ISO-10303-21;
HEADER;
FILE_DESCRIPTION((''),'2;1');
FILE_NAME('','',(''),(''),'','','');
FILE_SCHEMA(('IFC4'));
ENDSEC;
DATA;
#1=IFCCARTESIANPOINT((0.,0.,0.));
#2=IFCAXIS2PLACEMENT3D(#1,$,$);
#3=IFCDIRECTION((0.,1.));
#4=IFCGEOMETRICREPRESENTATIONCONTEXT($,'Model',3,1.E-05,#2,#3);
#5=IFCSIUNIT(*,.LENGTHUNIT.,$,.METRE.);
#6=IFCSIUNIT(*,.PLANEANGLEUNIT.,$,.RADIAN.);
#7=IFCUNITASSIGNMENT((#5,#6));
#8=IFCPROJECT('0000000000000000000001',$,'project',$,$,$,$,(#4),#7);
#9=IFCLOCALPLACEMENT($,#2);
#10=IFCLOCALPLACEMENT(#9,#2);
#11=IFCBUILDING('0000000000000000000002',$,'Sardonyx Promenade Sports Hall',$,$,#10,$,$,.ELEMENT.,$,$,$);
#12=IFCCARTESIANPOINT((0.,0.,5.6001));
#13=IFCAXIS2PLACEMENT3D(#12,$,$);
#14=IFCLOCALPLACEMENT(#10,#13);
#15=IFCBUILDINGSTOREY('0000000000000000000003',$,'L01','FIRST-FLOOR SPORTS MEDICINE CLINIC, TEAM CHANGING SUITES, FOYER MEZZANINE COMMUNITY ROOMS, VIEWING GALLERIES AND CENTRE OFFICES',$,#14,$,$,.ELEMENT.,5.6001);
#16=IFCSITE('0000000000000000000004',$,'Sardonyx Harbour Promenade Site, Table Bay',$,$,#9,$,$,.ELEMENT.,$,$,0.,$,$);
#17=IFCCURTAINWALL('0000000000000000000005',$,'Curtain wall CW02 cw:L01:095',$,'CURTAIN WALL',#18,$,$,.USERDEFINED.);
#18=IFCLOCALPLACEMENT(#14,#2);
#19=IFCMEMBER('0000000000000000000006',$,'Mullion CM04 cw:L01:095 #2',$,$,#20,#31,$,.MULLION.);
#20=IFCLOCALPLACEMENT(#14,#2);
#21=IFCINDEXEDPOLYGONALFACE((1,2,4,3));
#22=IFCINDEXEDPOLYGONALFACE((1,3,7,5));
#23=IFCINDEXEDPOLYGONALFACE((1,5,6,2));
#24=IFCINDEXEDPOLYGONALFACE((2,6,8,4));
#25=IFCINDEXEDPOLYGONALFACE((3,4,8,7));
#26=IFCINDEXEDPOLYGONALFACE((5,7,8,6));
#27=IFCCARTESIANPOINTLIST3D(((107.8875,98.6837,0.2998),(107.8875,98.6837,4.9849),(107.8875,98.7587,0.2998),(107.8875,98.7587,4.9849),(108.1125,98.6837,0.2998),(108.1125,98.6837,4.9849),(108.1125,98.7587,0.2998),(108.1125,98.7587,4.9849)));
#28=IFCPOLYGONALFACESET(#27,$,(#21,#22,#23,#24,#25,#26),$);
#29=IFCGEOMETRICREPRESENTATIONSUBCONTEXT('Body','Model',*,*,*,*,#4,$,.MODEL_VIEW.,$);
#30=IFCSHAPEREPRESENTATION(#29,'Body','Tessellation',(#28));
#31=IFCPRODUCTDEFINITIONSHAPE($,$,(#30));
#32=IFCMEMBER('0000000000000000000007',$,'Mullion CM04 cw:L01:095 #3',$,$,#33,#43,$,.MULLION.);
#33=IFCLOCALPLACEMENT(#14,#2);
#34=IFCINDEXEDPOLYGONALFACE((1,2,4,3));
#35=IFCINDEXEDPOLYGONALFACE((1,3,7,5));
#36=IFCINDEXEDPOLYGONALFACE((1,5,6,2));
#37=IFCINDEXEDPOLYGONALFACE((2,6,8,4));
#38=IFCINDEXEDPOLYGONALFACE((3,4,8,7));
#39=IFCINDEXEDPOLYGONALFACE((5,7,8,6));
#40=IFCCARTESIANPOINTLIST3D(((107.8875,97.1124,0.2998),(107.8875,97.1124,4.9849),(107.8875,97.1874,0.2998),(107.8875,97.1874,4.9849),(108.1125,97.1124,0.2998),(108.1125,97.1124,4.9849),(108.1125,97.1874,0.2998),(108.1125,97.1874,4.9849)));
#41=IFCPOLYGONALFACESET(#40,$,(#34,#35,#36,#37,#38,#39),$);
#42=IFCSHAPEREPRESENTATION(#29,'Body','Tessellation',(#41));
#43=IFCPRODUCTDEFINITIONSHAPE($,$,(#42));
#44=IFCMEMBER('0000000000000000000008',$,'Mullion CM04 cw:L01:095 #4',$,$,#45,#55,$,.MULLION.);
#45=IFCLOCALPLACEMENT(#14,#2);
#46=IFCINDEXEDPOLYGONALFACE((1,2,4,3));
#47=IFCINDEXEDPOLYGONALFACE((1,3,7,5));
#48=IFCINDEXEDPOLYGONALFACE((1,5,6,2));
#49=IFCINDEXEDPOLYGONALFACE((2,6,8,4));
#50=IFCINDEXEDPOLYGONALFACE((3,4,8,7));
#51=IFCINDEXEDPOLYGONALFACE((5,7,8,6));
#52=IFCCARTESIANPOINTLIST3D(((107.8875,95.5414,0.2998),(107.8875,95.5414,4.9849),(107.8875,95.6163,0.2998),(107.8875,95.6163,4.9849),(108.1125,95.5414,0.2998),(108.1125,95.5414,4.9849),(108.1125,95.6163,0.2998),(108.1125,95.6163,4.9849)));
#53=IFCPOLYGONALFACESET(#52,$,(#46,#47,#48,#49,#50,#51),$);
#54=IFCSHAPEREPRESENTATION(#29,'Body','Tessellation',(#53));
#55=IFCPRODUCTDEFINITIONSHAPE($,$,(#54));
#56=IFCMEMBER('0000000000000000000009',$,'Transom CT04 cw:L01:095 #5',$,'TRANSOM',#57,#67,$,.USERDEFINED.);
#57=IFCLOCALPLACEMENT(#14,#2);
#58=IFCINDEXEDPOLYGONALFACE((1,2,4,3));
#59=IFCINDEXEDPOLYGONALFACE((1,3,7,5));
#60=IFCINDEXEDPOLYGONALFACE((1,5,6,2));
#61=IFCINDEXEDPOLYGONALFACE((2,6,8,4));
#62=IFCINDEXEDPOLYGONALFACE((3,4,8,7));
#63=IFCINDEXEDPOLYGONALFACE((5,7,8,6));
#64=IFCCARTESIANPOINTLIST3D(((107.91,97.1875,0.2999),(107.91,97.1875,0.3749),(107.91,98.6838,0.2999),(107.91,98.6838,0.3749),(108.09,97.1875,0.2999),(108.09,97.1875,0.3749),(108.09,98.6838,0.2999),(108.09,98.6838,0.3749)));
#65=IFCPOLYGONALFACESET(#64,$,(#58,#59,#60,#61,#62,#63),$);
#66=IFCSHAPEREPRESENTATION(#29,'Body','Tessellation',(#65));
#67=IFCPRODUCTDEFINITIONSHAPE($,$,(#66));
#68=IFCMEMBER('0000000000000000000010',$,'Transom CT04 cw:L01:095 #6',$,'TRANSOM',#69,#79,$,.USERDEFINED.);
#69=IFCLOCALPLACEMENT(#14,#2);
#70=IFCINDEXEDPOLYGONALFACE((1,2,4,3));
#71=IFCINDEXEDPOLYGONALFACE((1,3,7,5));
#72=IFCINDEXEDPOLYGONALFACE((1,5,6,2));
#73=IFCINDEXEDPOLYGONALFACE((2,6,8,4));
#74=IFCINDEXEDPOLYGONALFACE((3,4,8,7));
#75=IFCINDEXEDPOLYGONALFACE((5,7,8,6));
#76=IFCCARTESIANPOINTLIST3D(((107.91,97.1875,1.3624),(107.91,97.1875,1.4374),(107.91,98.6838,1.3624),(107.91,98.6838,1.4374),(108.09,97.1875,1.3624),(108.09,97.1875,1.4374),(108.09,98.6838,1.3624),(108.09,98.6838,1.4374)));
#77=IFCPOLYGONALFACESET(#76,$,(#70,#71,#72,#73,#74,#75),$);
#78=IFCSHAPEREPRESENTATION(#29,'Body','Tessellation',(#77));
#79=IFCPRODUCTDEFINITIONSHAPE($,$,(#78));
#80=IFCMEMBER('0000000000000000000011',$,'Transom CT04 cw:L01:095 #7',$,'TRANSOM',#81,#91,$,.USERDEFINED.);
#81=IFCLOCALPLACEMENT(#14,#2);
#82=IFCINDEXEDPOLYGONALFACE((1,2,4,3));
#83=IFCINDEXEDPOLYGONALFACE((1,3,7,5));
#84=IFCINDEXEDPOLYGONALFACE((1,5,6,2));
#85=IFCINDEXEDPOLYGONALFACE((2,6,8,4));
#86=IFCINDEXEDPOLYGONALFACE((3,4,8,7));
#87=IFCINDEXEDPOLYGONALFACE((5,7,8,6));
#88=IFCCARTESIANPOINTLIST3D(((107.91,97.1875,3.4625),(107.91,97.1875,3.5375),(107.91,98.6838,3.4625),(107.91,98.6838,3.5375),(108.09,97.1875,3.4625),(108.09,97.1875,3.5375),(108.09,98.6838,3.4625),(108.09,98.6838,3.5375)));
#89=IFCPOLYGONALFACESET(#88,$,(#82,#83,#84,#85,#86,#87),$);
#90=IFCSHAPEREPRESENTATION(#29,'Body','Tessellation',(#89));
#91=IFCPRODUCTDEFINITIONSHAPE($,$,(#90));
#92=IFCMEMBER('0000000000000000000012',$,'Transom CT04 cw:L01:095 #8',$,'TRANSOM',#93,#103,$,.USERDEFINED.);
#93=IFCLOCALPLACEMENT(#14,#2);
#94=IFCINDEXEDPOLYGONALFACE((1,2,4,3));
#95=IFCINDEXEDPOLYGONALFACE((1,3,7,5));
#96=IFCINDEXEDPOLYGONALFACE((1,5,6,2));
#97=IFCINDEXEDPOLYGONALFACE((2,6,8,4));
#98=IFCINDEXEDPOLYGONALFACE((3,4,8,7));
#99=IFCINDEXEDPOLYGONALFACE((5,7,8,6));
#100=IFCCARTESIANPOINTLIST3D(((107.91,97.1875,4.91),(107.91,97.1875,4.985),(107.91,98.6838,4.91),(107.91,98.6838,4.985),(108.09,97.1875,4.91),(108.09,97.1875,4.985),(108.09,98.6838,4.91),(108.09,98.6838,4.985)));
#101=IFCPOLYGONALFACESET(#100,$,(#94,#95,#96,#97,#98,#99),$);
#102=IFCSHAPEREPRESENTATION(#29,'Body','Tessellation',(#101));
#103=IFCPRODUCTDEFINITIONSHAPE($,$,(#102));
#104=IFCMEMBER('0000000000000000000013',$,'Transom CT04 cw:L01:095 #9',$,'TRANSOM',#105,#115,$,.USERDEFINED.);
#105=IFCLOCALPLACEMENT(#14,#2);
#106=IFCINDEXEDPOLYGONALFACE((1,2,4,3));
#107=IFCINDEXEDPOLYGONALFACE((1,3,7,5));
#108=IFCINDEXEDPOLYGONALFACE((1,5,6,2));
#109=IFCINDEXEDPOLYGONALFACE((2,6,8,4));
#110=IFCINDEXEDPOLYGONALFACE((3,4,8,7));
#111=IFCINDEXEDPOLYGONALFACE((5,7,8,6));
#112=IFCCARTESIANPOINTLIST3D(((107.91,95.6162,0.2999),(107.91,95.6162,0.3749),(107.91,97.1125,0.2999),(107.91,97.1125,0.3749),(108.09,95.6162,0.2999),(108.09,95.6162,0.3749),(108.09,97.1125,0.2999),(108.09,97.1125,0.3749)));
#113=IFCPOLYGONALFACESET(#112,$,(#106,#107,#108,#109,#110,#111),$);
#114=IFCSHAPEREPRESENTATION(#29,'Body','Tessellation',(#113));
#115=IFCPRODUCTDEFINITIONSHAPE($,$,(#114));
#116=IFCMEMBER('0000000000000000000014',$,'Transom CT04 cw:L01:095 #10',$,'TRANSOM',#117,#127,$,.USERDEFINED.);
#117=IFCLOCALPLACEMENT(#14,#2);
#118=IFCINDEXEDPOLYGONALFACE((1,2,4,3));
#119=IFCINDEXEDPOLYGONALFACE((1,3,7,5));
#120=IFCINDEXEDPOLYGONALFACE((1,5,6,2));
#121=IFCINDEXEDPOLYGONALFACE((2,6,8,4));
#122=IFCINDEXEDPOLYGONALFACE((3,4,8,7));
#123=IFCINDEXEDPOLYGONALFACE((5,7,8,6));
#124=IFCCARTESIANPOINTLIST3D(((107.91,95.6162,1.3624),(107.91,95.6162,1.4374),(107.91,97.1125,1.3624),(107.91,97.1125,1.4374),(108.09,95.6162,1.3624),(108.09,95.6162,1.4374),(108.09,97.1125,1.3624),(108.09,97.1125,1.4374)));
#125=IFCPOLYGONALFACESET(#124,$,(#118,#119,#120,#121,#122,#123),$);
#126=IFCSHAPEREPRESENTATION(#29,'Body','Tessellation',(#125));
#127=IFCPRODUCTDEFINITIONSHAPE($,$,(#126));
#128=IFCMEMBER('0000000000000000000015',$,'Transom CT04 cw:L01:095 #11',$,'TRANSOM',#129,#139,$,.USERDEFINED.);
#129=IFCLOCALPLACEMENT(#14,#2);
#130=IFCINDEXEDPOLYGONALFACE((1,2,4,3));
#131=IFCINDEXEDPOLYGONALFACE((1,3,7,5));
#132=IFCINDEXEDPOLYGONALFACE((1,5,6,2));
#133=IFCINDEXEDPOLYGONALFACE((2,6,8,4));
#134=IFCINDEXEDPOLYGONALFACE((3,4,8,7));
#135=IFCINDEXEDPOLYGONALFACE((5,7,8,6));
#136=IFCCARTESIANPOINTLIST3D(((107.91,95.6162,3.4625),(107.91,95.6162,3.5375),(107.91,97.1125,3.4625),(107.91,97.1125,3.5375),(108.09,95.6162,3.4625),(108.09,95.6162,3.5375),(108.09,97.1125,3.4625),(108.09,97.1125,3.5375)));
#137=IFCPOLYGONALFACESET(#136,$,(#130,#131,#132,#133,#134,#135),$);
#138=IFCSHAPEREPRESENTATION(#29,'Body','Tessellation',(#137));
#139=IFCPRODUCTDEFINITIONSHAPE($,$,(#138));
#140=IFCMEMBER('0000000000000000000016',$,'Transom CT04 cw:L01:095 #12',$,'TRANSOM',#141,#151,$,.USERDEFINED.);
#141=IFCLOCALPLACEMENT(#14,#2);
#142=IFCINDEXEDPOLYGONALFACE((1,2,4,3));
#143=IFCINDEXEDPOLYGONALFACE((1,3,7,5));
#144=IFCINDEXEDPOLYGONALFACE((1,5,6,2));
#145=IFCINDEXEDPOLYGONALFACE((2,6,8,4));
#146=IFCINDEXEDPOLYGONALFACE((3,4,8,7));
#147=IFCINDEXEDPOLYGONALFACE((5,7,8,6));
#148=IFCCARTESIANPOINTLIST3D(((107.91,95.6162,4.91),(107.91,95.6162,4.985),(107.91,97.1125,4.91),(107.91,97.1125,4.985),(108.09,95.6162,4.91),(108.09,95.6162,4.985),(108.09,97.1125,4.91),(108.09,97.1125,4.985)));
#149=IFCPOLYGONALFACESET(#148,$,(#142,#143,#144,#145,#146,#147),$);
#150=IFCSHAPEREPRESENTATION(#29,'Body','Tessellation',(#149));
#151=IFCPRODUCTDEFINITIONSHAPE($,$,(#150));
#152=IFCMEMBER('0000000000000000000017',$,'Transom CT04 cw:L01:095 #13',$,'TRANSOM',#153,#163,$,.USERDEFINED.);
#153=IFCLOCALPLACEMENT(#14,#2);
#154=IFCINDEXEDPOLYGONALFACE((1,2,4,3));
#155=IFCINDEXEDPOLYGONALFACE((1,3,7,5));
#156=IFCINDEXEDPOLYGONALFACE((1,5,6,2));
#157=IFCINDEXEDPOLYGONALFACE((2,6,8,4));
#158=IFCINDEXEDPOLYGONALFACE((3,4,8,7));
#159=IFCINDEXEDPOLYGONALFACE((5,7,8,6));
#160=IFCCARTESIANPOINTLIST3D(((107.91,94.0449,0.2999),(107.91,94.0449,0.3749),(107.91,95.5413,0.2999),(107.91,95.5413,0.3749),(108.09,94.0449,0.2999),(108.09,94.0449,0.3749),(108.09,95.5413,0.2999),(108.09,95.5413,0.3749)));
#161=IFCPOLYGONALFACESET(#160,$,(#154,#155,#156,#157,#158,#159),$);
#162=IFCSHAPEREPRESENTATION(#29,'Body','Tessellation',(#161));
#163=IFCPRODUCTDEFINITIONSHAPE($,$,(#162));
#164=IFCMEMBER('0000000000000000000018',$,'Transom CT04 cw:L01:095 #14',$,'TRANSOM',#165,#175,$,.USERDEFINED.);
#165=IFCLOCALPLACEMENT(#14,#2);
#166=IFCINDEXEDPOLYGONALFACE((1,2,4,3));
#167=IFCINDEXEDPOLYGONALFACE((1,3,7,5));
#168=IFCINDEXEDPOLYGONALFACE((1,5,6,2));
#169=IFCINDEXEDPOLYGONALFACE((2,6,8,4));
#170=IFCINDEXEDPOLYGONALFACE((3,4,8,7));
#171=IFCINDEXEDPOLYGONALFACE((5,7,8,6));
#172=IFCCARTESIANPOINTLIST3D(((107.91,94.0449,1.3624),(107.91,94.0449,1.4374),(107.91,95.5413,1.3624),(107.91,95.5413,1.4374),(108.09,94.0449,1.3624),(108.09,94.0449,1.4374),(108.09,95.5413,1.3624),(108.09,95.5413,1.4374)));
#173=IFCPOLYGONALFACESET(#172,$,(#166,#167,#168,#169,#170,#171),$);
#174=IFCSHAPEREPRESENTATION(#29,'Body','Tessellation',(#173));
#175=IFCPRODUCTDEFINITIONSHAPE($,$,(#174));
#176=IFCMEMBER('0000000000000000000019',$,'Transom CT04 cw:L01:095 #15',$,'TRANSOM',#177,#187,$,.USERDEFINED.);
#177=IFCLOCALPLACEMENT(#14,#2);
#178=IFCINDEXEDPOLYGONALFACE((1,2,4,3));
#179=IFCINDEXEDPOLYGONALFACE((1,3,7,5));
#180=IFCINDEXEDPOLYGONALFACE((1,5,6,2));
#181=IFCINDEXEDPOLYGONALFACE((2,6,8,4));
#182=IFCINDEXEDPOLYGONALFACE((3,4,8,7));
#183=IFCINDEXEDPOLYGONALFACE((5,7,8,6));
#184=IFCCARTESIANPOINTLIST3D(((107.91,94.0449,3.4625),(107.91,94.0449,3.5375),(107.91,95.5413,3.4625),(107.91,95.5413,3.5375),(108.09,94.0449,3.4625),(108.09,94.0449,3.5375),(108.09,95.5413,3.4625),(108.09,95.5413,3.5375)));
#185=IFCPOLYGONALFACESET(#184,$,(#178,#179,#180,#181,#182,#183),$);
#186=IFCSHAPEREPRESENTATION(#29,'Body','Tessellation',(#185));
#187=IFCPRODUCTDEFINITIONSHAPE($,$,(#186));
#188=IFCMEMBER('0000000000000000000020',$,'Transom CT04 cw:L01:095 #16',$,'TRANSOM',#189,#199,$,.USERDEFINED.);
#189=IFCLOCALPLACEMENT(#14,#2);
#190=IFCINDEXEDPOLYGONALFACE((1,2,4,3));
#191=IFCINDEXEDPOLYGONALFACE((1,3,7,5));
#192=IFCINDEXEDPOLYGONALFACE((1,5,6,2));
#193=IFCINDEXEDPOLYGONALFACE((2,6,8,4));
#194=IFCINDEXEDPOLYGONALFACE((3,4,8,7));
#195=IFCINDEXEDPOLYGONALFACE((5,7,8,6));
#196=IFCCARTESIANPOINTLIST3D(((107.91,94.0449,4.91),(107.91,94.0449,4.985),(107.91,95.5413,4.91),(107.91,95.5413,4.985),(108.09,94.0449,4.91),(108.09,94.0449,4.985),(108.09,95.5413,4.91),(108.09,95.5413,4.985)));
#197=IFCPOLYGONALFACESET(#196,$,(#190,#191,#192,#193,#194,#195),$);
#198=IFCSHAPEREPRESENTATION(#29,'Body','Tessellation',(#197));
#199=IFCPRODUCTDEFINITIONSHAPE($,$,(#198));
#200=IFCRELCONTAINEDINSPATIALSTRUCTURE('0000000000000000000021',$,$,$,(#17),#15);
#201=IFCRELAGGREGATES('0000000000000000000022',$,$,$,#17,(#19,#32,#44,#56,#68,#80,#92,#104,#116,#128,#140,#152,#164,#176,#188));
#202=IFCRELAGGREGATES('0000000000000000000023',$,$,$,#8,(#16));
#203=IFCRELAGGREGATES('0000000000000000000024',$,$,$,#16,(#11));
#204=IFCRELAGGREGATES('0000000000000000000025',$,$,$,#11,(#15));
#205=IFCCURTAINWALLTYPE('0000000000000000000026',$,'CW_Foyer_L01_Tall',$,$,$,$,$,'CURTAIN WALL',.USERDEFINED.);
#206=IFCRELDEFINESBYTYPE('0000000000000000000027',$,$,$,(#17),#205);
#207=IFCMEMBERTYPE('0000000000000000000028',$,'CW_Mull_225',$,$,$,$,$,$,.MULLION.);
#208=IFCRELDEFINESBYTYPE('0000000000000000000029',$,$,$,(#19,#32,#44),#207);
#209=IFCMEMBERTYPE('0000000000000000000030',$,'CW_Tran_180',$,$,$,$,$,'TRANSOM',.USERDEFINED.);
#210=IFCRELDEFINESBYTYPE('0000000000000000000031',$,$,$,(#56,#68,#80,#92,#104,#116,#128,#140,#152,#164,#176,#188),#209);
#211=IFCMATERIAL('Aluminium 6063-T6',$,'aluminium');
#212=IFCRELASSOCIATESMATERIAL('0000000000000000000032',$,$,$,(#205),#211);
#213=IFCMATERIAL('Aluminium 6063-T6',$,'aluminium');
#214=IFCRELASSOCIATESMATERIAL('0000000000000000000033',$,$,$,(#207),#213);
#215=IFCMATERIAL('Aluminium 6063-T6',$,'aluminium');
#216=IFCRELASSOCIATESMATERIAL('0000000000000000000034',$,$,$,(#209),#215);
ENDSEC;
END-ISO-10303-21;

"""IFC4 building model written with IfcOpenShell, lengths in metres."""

from ifc_helpers import new_model, si_unit, direction, frame, origin, origin_2d, place, context, subcontext, project, spatial, rectangle, extrude, material, material_profile, profile_set, type_object, element, aggregate, save


model = new_model("IFC4")

# Units and contexts
model_context = context("Model", 3, precision=1e-05, world=origin(), true_north=direction((0.0, 1.0)))
body_context = subcontext(model_context, "Body", "Model", "MODEL_VIEW")
ifc_project = project(units=[si_unit("LENGTHUNIT", "METRE"), si_unit("PLANEANGLEUNIT", "RADIAN")], contexts=[model_context])

# Site, building, storey
site_placement = place(None, origin())
site = spatial("IfcSite", under=ifc_project, at=site_placement, Name="Sardonyx Harbour Promenade Site, Table Bay", CompositionType="ELEMENT", RefElevation=0.0)
building_placement = place(site_placement, origin())
building = spatial("IfcBuilding", under=site, at=building_placement, Name="Sardonyx Promenade Sports Hall", CompositionType="ELEMENT")
storey_placement = place(building_placement, frame((0.0, 0.0, 5.6001)))
storey = spatial("IfcBuildingStorey", under=building, at=storey_placement, Name="L01", Description="FIRST-FLOOR SPORTS MEDICINE CLINIC, TEAM CHANGING SUITES, FOYER MEZZANINE COMMUNITY ROOMS, VIEWING GALLERIES AND CENTRE OFFICES", CompositionType="ELEMENT", Elevation=5.6001)

# Curtain wall, members
ifc_material_1 = material(Name="Aluminium 6063-T6", Category="aluminium")
curtain_wall_type = type_object("IfcCurtainWallType", Name="CW_Foyer_L01_Tall", ElementType="CURTAIN WALL", PredefinedType="USERDEFINED", material=ifc_material_1)
curtain_wall_placement = place(storey_placement, origin())
curtain_wall = element("IfcCurtainWall", 1, at=curtain_wall_placement, inside=storey, type_object=curtain_wall_type, Name="Curtain wall CW02 cw:L01:095", ObjectType="CURTAIN WALL", PredefinedType="USERDEFINED")
ifc_material_2 = material(Name="Aluminium 6063-T6", Category="aluminium")
ifc_material_profile_1 = material_profile(ifc_material_2, rectangle(XDim=0.075, YDim=0.2251, at=origin_2d()))
ifc_profile_set_1 = profile_set([ifc_material_profile_1], Name="Aluminium 6063-T6")
member_type_1 = type_object("IfcMemberType", Name="CW_Mull_225", PredefinedType="MULLION", material=ifc_profile_set_1)
member_1_placement = place(storey_placement, frame((108.0, 98.7212, 0.2998), z_axis=(0.0, 0.0, 1.0), x_axis=(0.0, -1.0, 0.0)))
member_1 = element("IfcMember", 2, at=member_1_placement, type_object=member_type_1, Name="Mullion CM04 cw:L01:095 #2", PredefinedType="MULLION", context=body_context, shape_type="SweptSolid", body=[
    extrude(rectangle(XDim=0.075, YDim=0.2251, at=origin_2d()), origin(), (0.0, 0.0, 1.0), 4.6851),
])
member_2_placement = place(storey_placement, frame((108.0, 97.1499, 0.2998), z_axis=(0.0, 0.0, 1.0), x_axis=(0.0, -1.0, 0.0)))
member_2 = element("IfcMember", 3, at=member_2_placement, type_object=member_type_1, Name="Mullion CM04 cw:L01:095 #3", PredefinedType="MULLION", context=body_context, shape_type="SweptSolid", body=[
    extrude(rectangle(XDim=0.075, YDim=0.2251, at=origin_2d()), origin(), (0.0, 0.0, 1.0), 4.6851),
])
member_3_placement = place(storey_placement, frame((108.0, 95.5789, 0.2998), z_axis=(0.0, 0.0, 1.0), x_axis=(0.0, -1.0, 0.0)))
member_3 = element("IfcMember", 4, at=member_3_placement, type_object=member_type_1, Name="Mullion CM04 cw:L01:095 #4", PredefinedType="MULLION", context=body_context, shape_type="SweptSolid", body=[
    extrude(rectangle(XDim=0.075, YDim=0.2251, at=origin_2d()), origin(), (0.0, 0.0, 1.0), 4.6851),
])
ifc_material_3 = material(Name="Aluminium 6063-T6", Category="aluminium")
ifc_material_profile_2 = material_profile(ifc_material_3, rectangle(XDim=0.075, YDim=0.1799, at=origin_2d()))
ifc_profile_set_2 = profile_set([ifc_material_profile_2], Name="Aluminium 6063-T6")
member_type_2 = type_object("IfcMemberType", Name="CW_Tran_180", ElementType="TRANSOM", PredefinedType="USERDEFINED", material=ifc_profile_set_2)
member_4_placement = place(storey_placement, frame((108.0, 98.6838, 0.3374), z_axis=(0.0, -1.0, 0.0), x_axis=(0.0, 0.0, 1.0)))
member_4 = element("IfcMember", 5, at=member_4_placement, type_object=member_type_2, Name="Transom CT04 cw:L01:095 #5", ObjectType="TRANSOM", PredefinedType="USERDEFINED", context=body_context, shape_type="SweptSolid", body=[
    extrude(rectangle(XDim=0.075, YDim=0.1799, at=origin_2d()), origin(), (0.0, 0.0, 1.0), 1.4963),
])
member_5_placement = place(storey_placement, frame((108.0, 98.6838, 1.3999), z_axis=(0.0, -1.0, 0.0), x_axis=(0.0, 0.0, 1.0)))
member_5 = element("IfcMember", 6, at=member_5_placement, type_object=member_type_2, Name="Transom CT04 cw:L01:095 #6", ObjectType="TRANSOM", PredefinedType="USERDEFINED", context=body_context, shape_type="SweptSolid", body=[
    extrude(rectangle(XDim=0.075, YDim=0.1799, at=origin_2d()), origin(), (0.0, 0.0, 1.0), 1.4963),
])
member_6_placement = place(storey_placement, frame((108.0, 98.6838, 3.5), z_axis=(0.0, -1.0, 0.0), x_axis=(0.0, 0.0, 1.0)))
member_6 = element("IfcMember", 7, at=member_6_placement, type_object=member_type_2, Name="Transom CT04 cw:L01:095 #7", ObjectType="TRANSOM", PredefinedType="USERDEFINED", context=body_context, shape_type="SweptSolid", body=[
    extrude(rectangle(XDim=0.075, YDim=0.1799, at=origin_2d()), origin(), (0.0, 0.0, 1.0), 1.4963),
])
member_7_placement = place(storey_placement, frame((108.0, 98.6838, 4.9475), z_axis=(0.0, -1.0, 0.0), x_axis=(0.0, 0.0, 1.0)))
member_7 = element("IfcMember", 8, at=member_7_placement, type_object=member_type_2, Name="Transom CT04 cw:L01:095 #8", ObjectType="TRANSOM", PredefinedType="USERDEFINED", context=body_context, shape_type="SweptSolid", body=[
    extrude(rectangle(XDim=0.075, YDim=0.1799, at=origin_2d()), origin(), (0.0, 0.0, 1.0), 1.4963),
])
member_8_placement = place(storey_placement, frame((108.0, 97.1125, 0.3374), z_axis=(0.0, -1.0, 0.0), x_axis=(0.0, 0.0, 1.0)))
member_8 = element("IfcMember", 9, at=member_8_placement, type_object=member_type_2, Name="Transom CT04 cw:L01:095 #9", ObjectType="TRANSOM", PredefinedType="USERDEFINED", context=body_context, shape_type="SweptSolid", body=[
    extrude(rectangle(XDim=0.075, YDim=0.1799, at=origin_2d()), origin(), (0.0, 0.0, 1.0), 1.4963),
])
member_9_placement = place(storey_placement, frame((108.0, 97.1125, 1.3999), z_axis=(0.0, -1.0, 0.0), x_axis=(0.0, 0.0, 1.0)))
member_9 = element("IfcMember", 10, at=member_9_placement, type_object=member_type_2, Name="Transom CT04 cw:L01:095 #10", ObjectType="TRANSOM", PredefinedType="USERDEFINED", context=body_context, shape_type="SweptSolid", body=[
    extrude(rectangle(XDim=0.075, YDim=0.1799, at=origin_2d()), origin(), (0.0, 0.0, 1.0), 1.4963),
])
member_10_placement = place(storey_placement, frame((108.0, 97.1125, 3.5), z_axis=(0.0, -1.0, 0.0), x_axis=(0.0, 0.0, 1.0)))
member_10 = element("IfcMember", 11, at=member_10_placement, type_object=member_type_2, Name="Transom CT04 cw:L01:095 #11", ObjectType="TRANSOM", PredefinedType="USERDEFINED", context=body_context, shape_type="SweptSolid", body=[
    extrude(rectangle(XDim=0.075, YDim=0.1799, at=origin_2d()), origin(), (0.0, 0.0, 1.0), 1.4963),
])
member_11_placement = place(storey_placement, frame((108.0, 97.1125, 4.9475), z_axis=(0.0, -1.0, 0.0), x_axis=(0.0, 0.0, 1.0)))
member_11 = element("IfcMember", 12, at=member_11_placement, type_object=member_type_2, Name="Transom CT04 cw:L01:095 #12", ObjectType="TRANSOM", PredefinedType="USERDEFINED", context=body_context, shape_type="SweptSolid", body=[
    extrude(rectangle(XDim=0.075, YDim=0.1799, at=origin_2d()), origin(), (0.0, 0.0, 1.0), 1.4963),
])
member_12_placement = place(storey_placement, frame((108.0, 95.5413, 0.3374), z_axis=(0.0, -1.0, 0.0), x_axis=(0.0, 0.0, 1.0)))
member_12 = element("IfcMember", 13, at=member_12_placement, type_object=member_type_2, Name="Transom CT04 cw:L01:095 #13", ObjectType="TRANSOM", PredefinedType="USERDEFINED", context=body_context, shape_type="SweptSolid", body=[
    extrude(rectangle(XDim=0.075, YDim=0.1799, at=origin_2d()), origin(), (0.0, 0.0, 1.0), 1.4963),
])
member_13_placement = place(storey_placement, frame((108.0, 95.5413, 1.3999), z_axis=(0.0, -1.0, 0.0), x_axis=(0.0, 0.0, 1.0)))
member_13 = element("IfcMember", 14, at=member_13_placement, type_object=member_type_2, Name="Transom CT04 cw:L01:095 #14", ObjectType="TRANSOM", PredefinedType="USERDEFINED", context=body_context, shape_type="SweptSolid", body=[
    extrude(rectangle(XDim=0.075, YDim=0.1799, at=origin_2d()), origin(), (0.0, 0.0, 1.0), 1.4963),
])
member_14_placement = place(storey_placement, frame((108.0, 95.5413, 3.5), z_axis=(0.0, -1.0, 0.0), x_axis=(0.0, 0.0, 1.0)))
member_14 = element("IfcMember", 15, at=member_14_placement, type_object=member_type_2, Name="Transom CT04 cw:L01:095 #15", ObjectType="TRANSOM", PredefinedType="USERDEFINED", context=body_context, shape_type="SweptSolid", body=[
    extrude(rectangle(XDim=0.075, YDim=0.1799, at=origin_2d()), origin(), (0.0, 0.0, 1.0), 1.4963),
])
member_15_placement = place(storey_placement, frame((108.0, 95.5413, 4.9475), z_axis=(0.0, -1.0, 0.0), x_axis=(0.0, 0.0, 1.0)))
member_15 = element("IfcMember", 16, at=member_15_placement, type_object=member_type_2, Name="Transom CT04 cw:L01:095 #16", ObjectType="TRANSOM", PredefinedType="USERDEFINED", context=body_context, shape_type="SweptSolid", body=[
    extrude(rectangle(XDim=0.075, YDim=0.1799, at=origin_2d()), origin(), (0.0, 0.0, 1.0), 1.4963),
])
aggregate(curtain_wall, [member_1, member_2, member_3, member_4, member_5, member_6, member_7, member_8, member_9, member_10, member_11, member_12, member_13, member_14, member_15])

save(model, "model.ifc")
